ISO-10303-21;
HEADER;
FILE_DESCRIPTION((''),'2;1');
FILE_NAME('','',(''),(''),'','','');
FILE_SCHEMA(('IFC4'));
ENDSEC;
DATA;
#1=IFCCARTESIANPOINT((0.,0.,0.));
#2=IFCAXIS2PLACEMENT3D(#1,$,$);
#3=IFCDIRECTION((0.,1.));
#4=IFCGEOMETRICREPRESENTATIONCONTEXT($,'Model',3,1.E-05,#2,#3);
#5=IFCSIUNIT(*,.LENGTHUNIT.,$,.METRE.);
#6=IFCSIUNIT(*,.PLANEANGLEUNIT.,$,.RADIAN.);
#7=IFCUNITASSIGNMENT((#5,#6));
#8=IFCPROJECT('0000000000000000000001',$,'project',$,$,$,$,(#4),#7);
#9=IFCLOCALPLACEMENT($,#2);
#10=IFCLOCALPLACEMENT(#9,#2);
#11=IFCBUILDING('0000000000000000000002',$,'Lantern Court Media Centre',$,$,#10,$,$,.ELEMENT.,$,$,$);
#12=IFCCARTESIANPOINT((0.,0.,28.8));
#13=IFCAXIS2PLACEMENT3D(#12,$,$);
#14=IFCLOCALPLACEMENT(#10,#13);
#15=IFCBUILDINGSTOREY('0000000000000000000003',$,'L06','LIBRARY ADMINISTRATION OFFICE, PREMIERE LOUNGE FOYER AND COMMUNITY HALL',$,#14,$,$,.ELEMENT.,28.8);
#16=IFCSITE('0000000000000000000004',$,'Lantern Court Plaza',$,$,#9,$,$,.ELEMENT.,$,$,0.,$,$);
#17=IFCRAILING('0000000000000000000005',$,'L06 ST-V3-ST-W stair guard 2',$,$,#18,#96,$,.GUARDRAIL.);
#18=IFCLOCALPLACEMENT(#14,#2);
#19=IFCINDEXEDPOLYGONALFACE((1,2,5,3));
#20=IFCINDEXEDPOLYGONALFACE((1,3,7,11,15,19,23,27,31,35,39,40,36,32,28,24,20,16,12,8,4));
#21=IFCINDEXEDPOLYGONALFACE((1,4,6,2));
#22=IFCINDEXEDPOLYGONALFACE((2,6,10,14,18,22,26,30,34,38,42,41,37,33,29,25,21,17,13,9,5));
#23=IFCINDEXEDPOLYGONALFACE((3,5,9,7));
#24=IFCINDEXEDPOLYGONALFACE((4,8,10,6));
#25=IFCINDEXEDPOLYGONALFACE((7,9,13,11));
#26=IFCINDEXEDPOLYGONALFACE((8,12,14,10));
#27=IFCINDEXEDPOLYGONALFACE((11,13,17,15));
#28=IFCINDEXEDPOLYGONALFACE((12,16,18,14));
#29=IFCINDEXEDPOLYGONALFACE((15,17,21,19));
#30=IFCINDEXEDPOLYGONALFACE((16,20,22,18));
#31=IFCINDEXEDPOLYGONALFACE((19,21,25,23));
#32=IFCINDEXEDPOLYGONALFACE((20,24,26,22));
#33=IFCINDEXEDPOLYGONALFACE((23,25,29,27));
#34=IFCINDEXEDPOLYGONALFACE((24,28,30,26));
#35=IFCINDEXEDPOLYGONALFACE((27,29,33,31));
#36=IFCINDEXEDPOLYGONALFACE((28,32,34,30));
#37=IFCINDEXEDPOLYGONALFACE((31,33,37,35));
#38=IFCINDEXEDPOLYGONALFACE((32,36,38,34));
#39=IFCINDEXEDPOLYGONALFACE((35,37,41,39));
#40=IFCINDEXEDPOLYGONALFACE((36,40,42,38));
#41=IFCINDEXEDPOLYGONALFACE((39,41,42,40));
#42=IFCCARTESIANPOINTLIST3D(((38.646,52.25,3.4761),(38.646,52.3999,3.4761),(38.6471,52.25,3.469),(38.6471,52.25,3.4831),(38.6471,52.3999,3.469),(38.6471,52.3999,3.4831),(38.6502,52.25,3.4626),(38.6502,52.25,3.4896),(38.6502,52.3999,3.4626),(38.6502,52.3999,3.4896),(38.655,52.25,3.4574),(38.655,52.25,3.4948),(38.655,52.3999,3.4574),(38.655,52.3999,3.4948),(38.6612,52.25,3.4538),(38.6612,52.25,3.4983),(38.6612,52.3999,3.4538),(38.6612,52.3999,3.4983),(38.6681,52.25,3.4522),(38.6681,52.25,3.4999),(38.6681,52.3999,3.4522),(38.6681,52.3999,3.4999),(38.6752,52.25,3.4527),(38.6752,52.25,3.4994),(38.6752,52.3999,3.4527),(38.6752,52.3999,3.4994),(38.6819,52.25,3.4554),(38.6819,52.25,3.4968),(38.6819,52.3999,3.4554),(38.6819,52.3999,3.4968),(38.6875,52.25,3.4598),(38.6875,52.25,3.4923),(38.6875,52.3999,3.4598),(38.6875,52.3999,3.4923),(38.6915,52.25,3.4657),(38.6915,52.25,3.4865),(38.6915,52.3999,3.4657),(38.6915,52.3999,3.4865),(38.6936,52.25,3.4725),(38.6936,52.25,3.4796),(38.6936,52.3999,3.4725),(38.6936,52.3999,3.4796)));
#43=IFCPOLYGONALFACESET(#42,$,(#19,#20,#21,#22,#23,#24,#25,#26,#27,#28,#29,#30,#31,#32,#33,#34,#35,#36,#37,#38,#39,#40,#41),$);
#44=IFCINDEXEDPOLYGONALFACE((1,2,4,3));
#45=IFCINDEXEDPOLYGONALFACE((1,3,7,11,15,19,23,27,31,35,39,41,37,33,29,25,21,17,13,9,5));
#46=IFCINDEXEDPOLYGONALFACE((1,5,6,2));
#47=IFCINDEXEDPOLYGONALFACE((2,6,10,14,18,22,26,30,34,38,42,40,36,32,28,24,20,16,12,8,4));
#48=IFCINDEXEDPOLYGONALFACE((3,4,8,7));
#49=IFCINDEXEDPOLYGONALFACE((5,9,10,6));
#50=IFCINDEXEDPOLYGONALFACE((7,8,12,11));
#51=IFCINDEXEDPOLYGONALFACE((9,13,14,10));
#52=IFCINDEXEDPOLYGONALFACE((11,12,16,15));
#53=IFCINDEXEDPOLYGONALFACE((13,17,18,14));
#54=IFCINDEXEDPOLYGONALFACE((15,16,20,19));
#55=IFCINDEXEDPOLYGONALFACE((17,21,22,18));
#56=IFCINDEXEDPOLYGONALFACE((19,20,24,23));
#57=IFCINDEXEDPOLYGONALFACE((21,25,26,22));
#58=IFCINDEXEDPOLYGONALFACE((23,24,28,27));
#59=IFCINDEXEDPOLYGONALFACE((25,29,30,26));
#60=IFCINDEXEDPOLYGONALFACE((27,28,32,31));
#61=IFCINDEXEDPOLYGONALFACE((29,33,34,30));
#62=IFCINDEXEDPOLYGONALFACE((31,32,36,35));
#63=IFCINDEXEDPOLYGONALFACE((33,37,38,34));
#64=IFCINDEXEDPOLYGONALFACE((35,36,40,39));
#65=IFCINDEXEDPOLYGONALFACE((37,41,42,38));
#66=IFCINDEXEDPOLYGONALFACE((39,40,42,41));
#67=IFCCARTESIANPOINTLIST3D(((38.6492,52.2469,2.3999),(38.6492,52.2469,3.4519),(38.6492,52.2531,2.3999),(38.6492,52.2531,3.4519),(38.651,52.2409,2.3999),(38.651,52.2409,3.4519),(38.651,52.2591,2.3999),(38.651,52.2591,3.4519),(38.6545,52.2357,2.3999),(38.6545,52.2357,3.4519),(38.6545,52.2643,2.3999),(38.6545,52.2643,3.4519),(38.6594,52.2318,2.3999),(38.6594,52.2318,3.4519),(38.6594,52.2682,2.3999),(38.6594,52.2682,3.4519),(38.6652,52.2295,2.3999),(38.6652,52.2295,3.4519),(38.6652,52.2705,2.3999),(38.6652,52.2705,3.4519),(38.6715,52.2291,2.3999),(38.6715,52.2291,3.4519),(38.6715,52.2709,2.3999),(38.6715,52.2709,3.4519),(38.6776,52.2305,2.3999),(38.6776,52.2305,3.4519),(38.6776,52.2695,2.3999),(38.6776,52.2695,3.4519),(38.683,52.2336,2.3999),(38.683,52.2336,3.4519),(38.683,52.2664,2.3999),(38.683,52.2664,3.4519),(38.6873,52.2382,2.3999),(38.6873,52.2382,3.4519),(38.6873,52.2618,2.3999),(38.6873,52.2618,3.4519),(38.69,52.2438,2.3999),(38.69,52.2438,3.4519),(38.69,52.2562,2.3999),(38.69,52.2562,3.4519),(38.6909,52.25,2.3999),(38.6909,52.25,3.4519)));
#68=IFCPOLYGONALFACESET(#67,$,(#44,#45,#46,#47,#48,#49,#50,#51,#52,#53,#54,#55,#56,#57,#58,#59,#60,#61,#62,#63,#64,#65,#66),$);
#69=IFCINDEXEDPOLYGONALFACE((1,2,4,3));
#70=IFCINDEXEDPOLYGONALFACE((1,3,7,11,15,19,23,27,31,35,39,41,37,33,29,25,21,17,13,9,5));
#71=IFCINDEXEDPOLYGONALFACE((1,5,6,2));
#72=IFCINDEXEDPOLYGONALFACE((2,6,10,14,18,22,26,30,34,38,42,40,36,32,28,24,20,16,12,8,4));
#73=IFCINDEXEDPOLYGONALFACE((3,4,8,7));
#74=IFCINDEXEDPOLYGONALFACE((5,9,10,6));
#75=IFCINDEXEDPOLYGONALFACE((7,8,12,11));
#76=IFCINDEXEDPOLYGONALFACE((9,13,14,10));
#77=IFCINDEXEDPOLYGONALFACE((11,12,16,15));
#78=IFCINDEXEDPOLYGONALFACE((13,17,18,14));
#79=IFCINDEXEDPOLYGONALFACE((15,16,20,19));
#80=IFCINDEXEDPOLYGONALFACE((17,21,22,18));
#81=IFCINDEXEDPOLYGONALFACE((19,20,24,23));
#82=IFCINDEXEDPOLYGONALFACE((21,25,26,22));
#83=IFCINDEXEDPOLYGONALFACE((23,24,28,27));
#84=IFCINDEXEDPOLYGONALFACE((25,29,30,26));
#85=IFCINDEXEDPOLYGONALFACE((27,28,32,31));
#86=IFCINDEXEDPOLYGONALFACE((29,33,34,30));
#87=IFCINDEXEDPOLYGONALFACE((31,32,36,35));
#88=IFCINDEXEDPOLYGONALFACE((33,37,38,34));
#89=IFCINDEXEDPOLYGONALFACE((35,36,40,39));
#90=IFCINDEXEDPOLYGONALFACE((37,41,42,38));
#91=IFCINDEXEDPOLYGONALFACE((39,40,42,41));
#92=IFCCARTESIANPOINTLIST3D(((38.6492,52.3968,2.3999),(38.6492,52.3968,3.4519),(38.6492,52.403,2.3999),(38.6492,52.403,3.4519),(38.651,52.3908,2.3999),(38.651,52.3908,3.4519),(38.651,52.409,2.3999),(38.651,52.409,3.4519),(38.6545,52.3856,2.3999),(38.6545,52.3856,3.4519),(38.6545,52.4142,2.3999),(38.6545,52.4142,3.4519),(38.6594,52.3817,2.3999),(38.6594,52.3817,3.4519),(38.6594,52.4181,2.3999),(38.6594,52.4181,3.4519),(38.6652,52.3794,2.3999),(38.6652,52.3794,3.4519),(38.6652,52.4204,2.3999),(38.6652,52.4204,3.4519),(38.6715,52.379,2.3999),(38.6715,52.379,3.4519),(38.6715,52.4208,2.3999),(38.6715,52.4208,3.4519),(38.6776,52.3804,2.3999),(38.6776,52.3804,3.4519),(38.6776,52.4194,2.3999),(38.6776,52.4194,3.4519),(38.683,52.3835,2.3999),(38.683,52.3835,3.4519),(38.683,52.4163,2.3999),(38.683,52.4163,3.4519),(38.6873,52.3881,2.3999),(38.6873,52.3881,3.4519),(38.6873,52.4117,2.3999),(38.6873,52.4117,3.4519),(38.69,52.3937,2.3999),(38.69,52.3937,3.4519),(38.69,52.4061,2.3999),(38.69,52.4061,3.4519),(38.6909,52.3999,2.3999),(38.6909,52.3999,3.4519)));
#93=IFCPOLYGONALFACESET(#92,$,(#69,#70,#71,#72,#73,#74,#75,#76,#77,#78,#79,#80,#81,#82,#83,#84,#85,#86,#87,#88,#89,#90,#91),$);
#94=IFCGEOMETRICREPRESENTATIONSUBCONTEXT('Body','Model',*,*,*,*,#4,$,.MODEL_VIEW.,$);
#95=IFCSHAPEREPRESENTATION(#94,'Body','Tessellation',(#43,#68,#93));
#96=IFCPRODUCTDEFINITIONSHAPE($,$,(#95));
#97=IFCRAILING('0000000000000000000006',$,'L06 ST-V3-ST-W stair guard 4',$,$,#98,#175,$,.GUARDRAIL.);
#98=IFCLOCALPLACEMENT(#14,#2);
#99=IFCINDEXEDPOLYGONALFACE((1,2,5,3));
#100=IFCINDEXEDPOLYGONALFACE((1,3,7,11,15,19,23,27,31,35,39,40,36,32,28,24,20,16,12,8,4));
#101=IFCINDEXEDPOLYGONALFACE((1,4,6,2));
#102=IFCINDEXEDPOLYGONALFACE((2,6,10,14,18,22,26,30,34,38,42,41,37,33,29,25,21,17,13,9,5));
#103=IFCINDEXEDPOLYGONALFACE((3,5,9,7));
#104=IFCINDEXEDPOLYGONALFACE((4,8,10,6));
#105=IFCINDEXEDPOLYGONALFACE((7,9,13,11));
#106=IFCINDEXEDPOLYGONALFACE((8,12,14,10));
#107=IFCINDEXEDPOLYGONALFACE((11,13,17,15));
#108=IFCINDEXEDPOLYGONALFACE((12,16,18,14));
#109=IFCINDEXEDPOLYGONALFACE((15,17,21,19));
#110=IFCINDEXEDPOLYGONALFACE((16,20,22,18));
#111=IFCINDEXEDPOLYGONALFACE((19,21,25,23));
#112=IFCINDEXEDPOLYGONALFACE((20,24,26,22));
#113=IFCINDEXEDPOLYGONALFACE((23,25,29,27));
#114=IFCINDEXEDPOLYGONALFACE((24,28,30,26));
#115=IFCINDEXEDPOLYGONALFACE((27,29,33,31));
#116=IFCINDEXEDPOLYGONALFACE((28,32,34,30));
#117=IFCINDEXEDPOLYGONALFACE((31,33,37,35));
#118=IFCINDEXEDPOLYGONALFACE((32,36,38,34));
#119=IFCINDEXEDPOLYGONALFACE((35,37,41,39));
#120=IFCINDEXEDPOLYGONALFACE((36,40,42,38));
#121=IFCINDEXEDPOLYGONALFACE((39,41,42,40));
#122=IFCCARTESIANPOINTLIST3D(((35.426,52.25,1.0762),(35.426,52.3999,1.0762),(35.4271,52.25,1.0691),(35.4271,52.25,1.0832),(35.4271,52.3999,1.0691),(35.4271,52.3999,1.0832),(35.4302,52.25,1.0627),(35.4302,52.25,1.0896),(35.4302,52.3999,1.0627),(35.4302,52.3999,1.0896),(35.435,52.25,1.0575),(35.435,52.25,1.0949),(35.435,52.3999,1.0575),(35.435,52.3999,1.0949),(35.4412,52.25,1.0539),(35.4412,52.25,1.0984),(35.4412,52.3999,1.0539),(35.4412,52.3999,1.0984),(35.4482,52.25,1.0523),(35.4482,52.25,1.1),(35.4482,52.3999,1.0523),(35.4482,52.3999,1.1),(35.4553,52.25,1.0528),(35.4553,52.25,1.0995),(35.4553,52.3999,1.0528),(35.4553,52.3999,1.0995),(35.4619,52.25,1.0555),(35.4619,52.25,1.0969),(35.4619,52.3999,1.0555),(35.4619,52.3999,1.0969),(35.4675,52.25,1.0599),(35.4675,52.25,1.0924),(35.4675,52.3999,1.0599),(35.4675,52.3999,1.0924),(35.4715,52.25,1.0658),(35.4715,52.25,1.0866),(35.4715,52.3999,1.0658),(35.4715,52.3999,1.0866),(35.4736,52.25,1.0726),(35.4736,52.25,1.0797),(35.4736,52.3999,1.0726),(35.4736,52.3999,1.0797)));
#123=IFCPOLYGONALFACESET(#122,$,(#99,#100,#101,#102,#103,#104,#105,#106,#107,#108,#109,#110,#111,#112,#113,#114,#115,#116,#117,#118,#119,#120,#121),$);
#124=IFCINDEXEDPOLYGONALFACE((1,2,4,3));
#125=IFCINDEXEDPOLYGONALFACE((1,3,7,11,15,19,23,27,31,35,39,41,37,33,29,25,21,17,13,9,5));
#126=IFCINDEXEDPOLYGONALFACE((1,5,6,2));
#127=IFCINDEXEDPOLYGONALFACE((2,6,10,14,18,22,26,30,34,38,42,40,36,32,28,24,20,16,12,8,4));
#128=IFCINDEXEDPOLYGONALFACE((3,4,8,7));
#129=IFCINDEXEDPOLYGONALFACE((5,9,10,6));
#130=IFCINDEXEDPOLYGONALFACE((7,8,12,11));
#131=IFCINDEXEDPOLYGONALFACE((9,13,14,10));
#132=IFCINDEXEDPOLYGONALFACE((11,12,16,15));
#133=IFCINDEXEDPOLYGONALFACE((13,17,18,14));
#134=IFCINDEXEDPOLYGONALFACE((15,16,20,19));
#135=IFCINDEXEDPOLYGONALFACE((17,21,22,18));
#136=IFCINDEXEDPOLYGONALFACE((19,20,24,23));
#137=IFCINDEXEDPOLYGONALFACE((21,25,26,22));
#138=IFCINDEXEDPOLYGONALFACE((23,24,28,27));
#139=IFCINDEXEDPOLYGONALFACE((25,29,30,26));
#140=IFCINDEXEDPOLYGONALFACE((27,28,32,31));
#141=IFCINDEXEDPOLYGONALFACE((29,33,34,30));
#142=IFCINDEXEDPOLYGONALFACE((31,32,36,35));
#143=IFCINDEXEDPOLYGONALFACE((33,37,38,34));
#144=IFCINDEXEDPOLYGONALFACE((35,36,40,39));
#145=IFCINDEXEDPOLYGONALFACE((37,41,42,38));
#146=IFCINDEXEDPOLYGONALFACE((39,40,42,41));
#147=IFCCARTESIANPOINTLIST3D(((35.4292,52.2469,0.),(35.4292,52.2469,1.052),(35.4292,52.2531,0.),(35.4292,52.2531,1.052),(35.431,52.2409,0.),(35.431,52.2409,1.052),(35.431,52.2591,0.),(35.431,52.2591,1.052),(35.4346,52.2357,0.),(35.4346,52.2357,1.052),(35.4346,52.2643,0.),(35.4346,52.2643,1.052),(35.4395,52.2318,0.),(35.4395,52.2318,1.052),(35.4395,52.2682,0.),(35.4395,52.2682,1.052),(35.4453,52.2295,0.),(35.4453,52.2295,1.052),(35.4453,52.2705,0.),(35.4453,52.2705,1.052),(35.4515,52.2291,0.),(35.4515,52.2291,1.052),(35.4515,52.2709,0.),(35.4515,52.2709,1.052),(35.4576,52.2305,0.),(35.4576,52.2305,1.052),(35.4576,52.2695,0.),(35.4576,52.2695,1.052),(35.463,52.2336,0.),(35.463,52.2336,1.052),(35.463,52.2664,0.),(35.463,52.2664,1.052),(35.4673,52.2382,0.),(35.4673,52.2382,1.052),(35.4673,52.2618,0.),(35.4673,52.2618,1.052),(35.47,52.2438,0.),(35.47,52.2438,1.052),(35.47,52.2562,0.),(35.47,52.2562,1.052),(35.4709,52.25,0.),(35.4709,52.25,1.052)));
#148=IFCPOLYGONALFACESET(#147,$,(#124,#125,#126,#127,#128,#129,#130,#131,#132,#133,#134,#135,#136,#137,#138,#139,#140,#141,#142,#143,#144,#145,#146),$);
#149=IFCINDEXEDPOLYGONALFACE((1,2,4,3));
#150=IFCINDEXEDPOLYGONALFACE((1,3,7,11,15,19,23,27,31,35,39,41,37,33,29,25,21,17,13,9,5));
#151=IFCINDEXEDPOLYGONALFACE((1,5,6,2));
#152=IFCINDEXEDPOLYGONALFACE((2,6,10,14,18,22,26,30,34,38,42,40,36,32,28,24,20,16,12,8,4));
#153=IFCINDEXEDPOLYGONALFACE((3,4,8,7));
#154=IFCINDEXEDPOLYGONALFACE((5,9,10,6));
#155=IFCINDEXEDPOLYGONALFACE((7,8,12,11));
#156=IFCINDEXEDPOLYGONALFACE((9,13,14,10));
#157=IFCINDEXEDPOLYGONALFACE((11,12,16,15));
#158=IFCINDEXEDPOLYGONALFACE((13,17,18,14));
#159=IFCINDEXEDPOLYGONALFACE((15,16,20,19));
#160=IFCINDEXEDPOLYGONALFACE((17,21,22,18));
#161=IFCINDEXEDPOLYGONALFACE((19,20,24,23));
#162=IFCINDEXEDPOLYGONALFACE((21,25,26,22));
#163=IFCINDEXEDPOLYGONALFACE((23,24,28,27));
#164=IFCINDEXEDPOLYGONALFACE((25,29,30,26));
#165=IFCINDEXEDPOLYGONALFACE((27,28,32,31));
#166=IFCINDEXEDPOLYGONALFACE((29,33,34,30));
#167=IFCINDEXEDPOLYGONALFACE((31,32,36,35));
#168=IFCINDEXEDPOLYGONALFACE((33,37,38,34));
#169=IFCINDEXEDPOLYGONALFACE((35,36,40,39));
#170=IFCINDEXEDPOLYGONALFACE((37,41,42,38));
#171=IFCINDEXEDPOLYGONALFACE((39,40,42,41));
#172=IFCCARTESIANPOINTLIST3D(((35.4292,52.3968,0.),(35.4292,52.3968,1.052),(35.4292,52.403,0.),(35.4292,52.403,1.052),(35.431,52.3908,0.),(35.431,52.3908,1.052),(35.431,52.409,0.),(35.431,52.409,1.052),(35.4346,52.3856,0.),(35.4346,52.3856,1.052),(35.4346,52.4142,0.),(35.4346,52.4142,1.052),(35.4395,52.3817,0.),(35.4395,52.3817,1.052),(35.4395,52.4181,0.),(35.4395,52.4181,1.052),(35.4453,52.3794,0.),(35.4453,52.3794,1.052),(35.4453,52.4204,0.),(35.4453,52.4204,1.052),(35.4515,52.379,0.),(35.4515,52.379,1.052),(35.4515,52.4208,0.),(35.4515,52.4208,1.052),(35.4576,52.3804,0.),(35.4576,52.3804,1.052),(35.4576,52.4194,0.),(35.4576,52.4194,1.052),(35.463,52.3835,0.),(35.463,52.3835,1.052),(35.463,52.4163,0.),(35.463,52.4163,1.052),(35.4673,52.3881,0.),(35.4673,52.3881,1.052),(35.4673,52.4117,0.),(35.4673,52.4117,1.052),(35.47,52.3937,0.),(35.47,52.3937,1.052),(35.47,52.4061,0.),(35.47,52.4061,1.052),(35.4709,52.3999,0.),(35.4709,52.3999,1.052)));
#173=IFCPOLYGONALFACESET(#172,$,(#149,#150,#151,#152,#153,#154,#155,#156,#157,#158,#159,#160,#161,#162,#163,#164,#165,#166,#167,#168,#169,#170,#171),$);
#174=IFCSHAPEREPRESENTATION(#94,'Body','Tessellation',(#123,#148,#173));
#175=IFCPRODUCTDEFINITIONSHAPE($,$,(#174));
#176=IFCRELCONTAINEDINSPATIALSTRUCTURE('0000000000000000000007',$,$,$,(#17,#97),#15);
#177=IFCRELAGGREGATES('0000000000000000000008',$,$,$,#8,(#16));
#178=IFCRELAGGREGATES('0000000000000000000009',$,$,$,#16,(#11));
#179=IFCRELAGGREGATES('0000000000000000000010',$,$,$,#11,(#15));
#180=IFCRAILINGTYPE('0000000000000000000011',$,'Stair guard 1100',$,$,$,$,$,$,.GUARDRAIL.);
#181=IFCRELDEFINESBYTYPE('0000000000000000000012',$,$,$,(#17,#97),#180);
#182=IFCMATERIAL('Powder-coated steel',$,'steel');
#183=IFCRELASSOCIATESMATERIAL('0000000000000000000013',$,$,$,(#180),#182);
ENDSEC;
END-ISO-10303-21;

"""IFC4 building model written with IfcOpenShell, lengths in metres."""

from ifc_helpers import new_model, si_unit, direction, frame, origin, origin_2d, place, context, subcontext, project, spatial, circle, extrude, material, type_object, element, save


model = new_model("IFC4")

# Units and contexts
model_context = context("Model", 3, precision=1e-05, world=origin(), true_north=direction((0.0, 1.0)))
body_context = subcontext(model_context, "Body", "Model", "MODEL_VIEW")
ifc_project = project(units=[si_unit("LENGTHUNIT", "METRE"), si_unit("PLANEANGLEUNIT", "RADIAN")], contexts=[model_context])

# Site, building, storey
site_placement = place(None, origin())
site = spatial("IfcSite", under=ifc_project, at=site_placement, Name="Lantern Court Plaza", CompositionType="ELEMENT", RefElevation=0.0)
building_placement = place(site_placement, origin())
building = spatial("IfcBuilding", under=site, at=building_placement, Name="Lantern Court Media Centre", CompositionType="ELEMENT")
storey_placement = place(building_placement, frame((0.0, 0.0, 28.8)))
storey = spatial("IfcBuildingStorey", under=building, at=storey_placement, Name="L06", Description="LIBRARY ADMINISTRATION OFFICE, PREMIERE LOUNGE FOYER AND COMMUNITY HALL", CompositionType="ELEMENT", Elevation=28.8)

# Railings
ifc_material_1 = material(Name="Powder-coated steel", Category="steel")
railing_type_1 = type_object("IfcRailingType", Name="Stair guard 1100", PredefinedType="GUARDRAIL", material=ifc_material_1)
for number, where, name in (
    (1, (38.6699, 52.25, 2.3999), "L06 ST-V3-ST-W stair guard 2"),
    (2, (35.45, 52.25, 0.0), "L06 ST-V3-ST-W stair guard 4"),
):
    element("IfcRailing", number, at=place(storey_placement, frame(where)), inside=storey, type_object=railing_type_1, Name=name, PredefinedType="GUARDRAIL", context=body_context, shape_type="SweptSolid", body=[
        extrude(circle(Radius=0.0239, at=origin_2d()), frame((0.0, 0.0, 1.0762), z_axis=(0.0, 1.0, 0.0), x_axis=(-1.0, 0.0, 0.0)), (0.0, 0.0, 1.0), 0.1499),
        extrude(circle(Radius=0.021, at=origin_2d()), origin(), (0.0, 0.0, 1.0), 1.052),
        extrude(circle(Radius=0.021, at=origin_2d()), frame((0.0, 0.1499, 0.0)), (0.0, 0.0, 1.0), 1.052),
    ])

save(model, "model.ifc")
